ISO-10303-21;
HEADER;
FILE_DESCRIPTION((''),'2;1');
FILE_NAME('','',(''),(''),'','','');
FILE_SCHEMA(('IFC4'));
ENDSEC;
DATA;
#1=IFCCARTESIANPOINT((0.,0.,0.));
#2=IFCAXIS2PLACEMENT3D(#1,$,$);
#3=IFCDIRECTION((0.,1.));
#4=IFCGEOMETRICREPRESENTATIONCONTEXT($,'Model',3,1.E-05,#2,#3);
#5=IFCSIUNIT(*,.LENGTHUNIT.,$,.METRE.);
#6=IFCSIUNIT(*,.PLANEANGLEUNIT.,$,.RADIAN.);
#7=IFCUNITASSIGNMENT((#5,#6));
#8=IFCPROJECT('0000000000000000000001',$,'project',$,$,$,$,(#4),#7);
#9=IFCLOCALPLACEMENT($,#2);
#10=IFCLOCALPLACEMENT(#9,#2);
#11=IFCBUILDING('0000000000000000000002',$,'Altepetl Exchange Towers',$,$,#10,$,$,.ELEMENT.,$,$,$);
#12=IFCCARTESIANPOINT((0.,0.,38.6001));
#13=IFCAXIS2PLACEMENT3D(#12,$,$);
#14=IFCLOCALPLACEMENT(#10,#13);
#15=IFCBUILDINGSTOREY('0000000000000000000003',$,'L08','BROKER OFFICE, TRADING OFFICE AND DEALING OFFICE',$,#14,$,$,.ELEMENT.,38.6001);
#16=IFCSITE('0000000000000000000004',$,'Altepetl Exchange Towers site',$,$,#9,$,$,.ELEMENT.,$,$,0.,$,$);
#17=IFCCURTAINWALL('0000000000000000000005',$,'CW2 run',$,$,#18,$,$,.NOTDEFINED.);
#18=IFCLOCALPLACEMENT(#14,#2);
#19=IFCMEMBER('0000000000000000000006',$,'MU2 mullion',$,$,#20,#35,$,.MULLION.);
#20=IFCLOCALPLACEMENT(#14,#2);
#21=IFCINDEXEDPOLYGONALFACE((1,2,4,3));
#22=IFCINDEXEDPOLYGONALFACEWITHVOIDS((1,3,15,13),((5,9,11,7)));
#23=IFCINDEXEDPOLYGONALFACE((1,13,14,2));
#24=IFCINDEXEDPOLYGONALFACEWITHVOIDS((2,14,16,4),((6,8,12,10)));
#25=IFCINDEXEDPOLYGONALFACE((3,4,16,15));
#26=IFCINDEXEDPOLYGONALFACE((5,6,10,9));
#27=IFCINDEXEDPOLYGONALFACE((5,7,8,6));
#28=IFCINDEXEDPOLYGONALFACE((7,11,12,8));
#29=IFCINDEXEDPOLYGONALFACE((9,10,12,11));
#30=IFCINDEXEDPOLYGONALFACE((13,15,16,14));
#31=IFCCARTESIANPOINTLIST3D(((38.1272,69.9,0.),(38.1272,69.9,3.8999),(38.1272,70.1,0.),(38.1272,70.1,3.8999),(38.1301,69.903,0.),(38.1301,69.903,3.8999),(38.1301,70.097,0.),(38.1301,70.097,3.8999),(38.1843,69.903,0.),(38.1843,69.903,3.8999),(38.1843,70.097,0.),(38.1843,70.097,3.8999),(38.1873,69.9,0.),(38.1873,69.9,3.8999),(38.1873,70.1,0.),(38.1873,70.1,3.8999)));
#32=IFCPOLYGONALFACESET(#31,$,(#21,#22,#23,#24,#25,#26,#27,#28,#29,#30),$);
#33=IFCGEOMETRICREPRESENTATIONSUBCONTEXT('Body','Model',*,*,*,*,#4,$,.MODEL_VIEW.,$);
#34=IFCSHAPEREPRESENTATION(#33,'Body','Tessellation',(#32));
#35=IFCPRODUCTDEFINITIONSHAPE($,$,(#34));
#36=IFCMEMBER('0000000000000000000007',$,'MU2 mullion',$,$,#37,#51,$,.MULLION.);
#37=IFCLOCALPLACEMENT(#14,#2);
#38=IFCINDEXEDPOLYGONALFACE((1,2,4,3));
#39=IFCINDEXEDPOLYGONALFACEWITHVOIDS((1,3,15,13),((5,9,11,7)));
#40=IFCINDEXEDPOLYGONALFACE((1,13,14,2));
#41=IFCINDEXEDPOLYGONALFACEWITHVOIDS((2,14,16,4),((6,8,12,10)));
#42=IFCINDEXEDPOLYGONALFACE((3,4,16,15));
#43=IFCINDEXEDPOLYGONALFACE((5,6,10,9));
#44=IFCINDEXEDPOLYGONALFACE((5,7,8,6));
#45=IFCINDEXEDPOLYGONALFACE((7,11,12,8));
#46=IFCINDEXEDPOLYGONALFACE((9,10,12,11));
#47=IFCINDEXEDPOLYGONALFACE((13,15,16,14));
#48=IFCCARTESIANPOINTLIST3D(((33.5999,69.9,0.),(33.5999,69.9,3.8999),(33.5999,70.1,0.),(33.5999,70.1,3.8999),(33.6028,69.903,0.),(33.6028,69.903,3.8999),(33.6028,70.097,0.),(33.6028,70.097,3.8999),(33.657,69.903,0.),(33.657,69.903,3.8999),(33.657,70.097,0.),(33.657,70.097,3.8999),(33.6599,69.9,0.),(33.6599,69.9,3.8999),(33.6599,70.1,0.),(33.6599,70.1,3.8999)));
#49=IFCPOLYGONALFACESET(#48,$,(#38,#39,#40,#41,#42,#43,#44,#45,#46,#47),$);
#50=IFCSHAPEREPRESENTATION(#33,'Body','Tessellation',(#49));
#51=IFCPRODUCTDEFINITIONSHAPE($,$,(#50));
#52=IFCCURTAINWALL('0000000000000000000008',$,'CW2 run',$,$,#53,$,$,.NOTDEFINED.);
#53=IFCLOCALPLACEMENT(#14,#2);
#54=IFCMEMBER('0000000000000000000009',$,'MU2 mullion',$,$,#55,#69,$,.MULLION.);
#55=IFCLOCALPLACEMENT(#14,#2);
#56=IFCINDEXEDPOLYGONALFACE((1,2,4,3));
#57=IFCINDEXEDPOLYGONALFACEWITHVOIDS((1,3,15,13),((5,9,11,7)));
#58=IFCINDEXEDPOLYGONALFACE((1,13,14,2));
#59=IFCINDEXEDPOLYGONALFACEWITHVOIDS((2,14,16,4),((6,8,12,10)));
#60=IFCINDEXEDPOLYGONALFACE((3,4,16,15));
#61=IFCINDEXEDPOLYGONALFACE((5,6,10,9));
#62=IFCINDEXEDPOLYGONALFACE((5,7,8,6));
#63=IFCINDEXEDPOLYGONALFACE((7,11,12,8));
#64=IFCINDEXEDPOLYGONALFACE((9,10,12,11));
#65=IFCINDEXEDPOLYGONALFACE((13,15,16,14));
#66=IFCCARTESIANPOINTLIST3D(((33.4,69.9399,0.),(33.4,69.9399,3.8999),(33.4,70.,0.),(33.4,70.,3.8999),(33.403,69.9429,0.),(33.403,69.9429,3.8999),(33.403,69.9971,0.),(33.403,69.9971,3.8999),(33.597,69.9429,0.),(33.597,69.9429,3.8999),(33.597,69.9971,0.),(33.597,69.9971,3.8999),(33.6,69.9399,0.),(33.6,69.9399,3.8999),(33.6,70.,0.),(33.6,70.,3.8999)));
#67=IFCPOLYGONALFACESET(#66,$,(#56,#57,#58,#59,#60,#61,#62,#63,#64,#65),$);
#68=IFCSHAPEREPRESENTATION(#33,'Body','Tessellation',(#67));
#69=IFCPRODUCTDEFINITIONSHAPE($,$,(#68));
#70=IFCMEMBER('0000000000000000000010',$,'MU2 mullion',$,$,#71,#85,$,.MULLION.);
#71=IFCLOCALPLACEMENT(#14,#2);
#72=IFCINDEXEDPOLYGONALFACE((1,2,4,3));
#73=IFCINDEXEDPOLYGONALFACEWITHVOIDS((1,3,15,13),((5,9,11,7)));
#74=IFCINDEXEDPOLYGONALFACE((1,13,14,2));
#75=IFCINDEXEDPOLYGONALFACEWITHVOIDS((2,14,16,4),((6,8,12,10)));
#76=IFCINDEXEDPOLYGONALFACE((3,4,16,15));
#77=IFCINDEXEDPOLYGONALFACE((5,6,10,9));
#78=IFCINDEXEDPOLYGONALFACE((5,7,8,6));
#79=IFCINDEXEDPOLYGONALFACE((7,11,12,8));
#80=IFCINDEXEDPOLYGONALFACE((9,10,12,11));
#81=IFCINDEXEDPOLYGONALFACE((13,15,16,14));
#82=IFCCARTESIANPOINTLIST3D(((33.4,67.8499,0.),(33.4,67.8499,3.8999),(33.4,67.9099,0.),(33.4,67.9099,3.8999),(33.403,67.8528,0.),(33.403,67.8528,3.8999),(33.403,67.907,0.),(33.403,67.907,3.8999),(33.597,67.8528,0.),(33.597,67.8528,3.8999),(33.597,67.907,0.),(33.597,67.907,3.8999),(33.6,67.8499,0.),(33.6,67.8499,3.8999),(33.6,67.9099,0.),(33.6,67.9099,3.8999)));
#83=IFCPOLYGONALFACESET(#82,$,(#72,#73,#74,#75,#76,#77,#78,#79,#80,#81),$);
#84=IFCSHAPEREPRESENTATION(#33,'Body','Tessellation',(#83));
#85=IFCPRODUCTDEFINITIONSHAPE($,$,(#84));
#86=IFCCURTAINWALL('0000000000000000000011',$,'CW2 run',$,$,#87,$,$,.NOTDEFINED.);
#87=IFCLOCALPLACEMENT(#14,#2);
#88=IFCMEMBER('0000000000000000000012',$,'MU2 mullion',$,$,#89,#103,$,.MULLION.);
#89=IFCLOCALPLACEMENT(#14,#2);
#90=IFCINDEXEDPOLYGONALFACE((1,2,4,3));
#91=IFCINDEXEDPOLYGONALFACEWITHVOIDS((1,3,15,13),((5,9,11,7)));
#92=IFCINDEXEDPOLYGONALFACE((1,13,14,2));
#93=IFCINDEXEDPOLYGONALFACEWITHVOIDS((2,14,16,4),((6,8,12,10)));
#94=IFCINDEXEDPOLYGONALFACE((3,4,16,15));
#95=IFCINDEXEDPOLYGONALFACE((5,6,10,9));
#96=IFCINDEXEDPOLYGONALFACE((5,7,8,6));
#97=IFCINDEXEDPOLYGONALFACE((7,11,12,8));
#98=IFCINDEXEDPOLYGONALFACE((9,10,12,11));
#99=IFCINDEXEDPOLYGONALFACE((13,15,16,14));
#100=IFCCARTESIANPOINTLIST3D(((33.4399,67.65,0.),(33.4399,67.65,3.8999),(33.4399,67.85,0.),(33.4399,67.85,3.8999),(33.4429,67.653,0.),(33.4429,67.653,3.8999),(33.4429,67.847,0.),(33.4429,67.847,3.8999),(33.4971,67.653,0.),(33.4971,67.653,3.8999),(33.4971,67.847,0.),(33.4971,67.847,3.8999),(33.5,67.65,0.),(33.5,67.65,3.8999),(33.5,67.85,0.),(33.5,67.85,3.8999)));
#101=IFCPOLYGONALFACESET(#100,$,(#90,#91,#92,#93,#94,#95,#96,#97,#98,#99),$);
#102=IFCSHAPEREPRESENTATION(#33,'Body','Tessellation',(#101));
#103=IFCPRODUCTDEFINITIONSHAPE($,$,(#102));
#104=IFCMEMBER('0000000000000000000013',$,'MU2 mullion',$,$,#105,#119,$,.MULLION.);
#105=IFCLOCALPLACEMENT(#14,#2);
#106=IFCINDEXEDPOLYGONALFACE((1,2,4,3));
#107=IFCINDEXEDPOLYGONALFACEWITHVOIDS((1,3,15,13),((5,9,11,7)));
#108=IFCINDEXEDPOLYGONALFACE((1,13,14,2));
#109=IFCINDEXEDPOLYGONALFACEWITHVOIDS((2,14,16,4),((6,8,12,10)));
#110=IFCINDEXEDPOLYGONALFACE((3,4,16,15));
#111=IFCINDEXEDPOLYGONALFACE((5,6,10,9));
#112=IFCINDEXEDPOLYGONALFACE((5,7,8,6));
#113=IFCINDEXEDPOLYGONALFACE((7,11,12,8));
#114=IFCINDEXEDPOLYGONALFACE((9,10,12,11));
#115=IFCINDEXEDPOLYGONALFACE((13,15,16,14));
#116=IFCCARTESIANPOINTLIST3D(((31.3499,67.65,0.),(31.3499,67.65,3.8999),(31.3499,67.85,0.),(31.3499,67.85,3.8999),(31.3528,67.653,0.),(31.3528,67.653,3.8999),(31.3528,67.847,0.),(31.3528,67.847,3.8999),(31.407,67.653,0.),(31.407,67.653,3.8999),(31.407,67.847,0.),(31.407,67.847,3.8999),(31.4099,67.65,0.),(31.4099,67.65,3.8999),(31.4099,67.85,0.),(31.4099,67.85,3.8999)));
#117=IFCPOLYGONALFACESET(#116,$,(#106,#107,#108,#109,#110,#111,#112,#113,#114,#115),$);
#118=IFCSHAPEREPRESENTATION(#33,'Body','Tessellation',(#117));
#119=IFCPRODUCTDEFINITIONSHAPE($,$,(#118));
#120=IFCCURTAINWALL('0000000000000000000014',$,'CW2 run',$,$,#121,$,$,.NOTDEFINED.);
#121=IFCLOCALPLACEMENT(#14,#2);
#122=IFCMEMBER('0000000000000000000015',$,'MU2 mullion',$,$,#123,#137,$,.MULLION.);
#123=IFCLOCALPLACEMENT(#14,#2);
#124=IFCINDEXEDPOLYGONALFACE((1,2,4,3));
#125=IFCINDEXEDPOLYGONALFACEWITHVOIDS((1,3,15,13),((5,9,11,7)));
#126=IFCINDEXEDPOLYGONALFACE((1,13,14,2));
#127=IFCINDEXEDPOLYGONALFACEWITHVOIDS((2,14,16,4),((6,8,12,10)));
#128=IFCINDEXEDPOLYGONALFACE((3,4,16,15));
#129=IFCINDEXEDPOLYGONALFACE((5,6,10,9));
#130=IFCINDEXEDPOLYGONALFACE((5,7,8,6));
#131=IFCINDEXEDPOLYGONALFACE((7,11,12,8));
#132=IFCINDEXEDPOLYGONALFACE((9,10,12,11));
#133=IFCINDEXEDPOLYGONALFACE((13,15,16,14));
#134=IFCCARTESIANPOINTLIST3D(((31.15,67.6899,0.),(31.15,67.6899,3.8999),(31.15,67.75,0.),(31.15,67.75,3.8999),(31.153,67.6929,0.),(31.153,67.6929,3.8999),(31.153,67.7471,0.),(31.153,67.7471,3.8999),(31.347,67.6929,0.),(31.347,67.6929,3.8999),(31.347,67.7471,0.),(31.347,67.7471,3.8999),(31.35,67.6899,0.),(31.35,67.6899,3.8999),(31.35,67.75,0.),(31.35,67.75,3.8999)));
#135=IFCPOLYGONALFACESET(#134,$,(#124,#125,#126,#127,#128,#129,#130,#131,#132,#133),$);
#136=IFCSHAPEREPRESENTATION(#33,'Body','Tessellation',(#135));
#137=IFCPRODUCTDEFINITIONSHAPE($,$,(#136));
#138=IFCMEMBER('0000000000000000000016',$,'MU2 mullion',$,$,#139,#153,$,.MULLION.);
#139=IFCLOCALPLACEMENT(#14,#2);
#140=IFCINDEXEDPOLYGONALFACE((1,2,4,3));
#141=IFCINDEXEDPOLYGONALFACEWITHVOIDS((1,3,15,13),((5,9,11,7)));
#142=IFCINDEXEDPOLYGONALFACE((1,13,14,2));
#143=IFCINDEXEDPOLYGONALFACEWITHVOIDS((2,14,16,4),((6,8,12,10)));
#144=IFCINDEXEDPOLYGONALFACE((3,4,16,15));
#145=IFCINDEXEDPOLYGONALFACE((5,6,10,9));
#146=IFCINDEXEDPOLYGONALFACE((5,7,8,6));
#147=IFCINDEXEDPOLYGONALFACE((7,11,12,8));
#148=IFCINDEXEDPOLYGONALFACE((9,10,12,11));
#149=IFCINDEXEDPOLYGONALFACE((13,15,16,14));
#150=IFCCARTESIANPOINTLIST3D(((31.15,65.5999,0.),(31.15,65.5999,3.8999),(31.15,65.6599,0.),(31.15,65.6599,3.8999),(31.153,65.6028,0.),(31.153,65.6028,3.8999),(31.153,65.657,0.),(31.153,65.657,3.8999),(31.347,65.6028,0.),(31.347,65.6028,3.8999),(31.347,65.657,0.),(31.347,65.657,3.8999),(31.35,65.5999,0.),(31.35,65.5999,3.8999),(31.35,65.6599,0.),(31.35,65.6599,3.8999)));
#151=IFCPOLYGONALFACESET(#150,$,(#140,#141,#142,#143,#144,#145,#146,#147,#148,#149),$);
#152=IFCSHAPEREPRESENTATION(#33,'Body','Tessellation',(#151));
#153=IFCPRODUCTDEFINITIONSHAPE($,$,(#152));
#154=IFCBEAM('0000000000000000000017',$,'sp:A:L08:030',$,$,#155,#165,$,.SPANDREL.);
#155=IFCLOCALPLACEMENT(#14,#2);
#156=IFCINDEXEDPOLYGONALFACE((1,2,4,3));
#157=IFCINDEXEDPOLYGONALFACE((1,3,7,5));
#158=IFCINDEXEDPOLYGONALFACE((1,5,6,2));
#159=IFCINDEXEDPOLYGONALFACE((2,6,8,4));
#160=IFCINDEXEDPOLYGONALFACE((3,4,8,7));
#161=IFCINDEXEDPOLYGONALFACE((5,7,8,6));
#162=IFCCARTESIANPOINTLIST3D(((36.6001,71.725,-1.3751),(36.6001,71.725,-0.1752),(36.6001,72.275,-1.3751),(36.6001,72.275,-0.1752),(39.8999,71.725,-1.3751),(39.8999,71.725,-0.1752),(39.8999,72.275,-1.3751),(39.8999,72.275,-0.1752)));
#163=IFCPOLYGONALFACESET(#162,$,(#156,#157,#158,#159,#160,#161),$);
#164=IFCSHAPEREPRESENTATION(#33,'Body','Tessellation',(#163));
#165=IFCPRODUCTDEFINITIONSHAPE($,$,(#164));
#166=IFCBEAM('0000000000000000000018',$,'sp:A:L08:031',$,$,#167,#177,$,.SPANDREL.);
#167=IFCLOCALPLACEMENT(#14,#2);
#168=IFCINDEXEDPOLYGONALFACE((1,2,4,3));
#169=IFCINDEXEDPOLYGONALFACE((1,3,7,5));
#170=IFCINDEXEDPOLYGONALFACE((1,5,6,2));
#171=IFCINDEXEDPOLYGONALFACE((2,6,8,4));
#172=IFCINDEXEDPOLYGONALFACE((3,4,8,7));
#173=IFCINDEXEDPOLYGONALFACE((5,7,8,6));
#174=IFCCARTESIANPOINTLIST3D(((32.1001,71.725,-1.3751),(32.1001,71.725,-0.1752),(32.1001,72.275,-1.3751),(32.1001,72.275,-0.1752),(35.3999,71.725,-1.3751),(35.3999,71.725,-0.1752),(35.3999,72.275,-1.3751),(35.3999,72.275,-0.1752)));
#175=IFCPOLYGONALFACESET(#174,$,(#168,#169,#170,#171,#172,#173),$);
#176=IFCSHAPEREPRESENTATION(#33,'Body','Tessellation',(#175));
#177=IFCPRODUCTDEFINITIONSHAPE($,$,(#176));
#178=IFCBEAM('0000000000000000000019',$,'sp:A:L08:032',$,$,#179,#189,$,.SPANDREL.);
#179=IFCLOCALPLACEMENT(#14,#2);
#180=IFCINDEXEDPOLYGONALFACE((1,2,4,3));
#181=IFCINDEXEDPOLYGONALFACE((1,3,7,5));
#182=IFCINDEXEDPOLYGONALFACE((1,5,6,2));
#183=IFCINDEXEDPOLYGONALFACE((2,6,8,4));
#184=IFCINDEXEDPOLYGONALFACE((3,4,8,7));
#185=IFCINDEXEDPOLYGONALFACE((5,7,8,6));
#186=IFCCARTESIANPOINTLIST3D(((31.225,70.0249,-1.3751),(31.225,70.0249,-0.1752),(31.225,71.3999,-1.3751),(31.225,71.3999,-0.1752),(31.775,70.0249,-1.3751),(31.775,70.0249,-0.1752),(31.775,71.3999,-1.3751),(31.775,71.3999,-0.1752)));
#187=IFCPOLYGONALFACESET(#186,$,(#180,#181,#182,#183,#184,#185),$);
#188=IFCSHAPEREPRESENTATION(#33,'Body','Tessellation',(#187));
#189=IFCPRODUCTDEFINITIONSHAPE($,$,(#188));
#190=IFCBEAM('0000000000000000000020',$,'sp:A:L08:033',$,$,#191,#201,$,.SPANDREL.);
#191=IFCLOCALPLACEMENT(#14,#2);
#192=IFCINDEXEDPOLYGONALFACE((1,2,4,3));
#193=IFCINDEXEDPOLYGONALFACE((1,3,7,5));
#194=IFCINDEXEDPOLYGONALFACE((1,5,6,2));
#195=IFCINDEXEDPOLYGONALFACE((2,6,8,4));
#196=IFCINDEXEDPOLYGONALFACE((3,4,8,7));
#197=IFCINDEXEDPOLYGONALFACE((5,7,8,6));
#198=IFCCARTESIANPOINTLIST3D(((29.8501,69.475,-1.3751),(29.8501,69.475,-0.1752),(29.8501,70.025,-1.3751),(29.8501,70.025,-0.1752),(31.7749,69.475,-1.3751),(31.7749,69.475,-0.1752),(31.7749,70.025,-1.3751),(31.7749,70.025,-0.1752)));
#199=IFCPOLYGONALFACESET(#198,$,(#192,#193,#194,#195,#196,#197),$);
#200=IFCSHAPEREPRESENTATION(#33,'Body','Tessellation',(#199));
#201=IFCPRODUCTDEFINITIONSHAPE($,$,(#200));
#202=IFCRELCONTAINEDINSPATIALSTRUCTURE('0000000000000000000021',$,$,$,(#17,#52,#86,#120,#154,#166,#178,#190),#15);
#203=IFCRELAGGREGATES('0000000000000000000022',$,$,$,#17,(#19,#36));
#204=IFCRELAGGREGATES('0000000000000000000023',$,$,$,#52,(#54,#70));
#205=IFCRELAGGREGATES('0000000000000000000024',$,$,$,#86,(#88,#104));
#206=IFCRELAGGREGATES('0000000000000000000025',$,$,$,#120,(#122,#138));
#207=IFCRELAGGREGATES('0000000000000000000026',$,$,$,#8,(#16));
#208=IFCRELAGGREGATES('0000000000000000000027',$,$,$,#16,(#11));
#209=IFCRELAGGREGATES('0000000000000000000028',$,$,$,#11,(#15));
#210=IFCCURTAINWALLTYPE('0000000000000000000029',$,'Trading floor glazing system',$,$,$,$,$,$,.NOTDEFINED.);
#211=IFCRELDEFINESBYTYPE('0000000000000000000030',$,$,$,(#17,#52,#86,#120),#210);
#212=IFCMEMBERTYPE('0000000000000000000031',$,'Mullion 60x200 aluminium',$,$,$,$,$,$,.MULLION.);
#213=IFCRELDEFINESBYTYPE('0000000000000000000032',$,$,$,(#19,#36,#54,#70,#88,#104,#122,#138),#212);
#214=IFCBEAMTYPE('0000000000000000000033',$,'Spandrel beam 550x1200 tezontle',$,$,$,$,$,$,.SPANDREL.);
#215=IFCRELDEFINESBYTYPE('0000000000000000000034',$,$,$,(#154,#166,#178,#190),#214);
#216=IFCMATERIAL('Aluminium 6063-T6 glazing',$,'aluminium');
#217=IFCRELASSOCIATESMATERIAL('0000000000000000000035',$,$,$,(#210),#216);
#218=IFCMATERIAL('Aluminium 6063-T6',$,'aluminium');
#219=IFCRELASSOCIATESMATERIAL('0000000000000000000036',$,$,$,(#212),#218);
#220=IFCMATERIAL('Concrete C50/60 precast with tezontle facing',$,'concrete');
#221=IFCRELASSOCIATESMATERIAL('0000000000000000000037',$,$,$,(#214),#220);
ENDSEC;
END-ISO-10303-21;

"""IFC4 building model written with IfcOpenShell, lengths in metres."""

from ifc_helpers import new_model, si_unit, direction, frame, origin, origin_2d, place, context, subcontext, project, spatial, rectangle, hollow_rectangle, extrude, material, material_profile, profile_set, type_object, element, aggregate, save


model = new_model("IFC4")

# Units and contexts
model_context = context("Model", 3, precision=1e-05, world=origin(), true_north=direction((0.0, 1.0)))
body_context = subcontext(model_context, "Body", "Model", "MODEL_VIEW")
ifc_project = project(units=[si_unit("LENGTHUNIT", "METRE"), si_unit("PLANEANGLEUNIT", "RADIAN")], contexts=[model_context])

# Site, building, storey
site_placement = place(None, origin())
site = spatial("IfcSite", under=ifc_project, at=site_placement, Name="Altepetl Exchange Towers site", CompositionType="ELEMENT", RefElevation=0.0)
building_placement = place(site_placement, origin())
building = spatial("IfcBuilding", under=site, at=building_placement, Name="Altepetl Exchange Towers", CompositionType="ELEMENT")
storey_placement = place(building_placement, frame((0.0, 0.0, 38.6001)))
storey = spatial("IfcBuildingStorey", under=building, at=storey_placement, Name="L08", Description="BROKER OFFICE, TRADING OFFICE AND DEALING OFFICE", CompositionType="ELEMENT", Elevation=38.6001)

# Curtain walls, members
ifc_material_1 = material(Name="Aluminium 6063-T6 glazing", Category="aluminium")
curtain_wall_type = type_object("IfcCurtainWallType", Name="Trading floor glazing system", PredefinedType="NOTDEFINED", material=ifc_material_1)
ifc_material_2 = material(Name="Aluminium 6063-T6", Category="aluminium")
ifc_material_profile_1 = material_profile(ifc_material_2, hollow_rectangle(XDim=0.0601, YDim=0.2, WallThickness=0.0029, at=origin_2d()), Name="Mullion 60x200 aluminium")
ifc_profile_set_1 = profile_set([ifc_material_profile_1], Name="Aluminium 6063-T6")
member_type = type_object("IfcMemberType", Name="Mullion 60x200 aluminium", PredefinedType="MULLION", material=ifc_profile_set_1)
curtain_wall_1_placement = place(storey_placement, origin())
curtain_wall_1 = element("IfcCurtainWall", 1, at=curtain_wall_1_placement, inside=storey, type_object=curtain_wall_type, Name="CW2 run", PredefinedType="NOTDEFINED")
member_1_placement = place(storey_placement, frame((38.1572, 70.0, 0.0), z_axis=(0.0, 0.0, 1.0), x_axis=(-1.0, 0.0, 0.0)))
member_1 = element("IfcMember", 2, at=member_1_placement, type_object=member_type, Name="MU2 mullion", PredefinedType="MULLION", context=body_context, shape_type="SweptSolid", body=[
    extrude(hollow_rectangle(XDim=0.0601, YDim=0.2, WallThickness=0.0029, at=origin_2d()), origin(), (0.0, 0.0, 1.0), 3.8999),
])
member_2_placement = place(storey_placement, frame((33.6299, 70.0, 0.0), z_axis=(0.0, 0.0, 1.0), x_axis=(-1.0, 0.0, 0.0)))
member_2 = element("IfcMember", 3, at=member_2_placement, type_object=member_type, Name="MU2 mullion", PredefinedType="MULLION", context=body_context, shape_type="SweptSolid", body=[
    extrude(hollow_rectangle(XDim=0.0601, YDim=0.2, WallThickness=0.0029, at=origin_2d()), origin(), (0.0, 0.0, 1.0), 3.8999),
])
curtain_wall_2_placement = place(storey_placement, origin())
curtain_wall_2 = element("IfcCurtainWall", 4, at=curtain_wall_2_placement, inside=storey, type_object=curtain_wall_type, Name="CW2 run", PredefinedType="NOTDEFINED")
member_3_placement = place(storey_placement, frame((33.5, 69.97, 0.0), z_axis=(0.0, 0.0, 1.0), x_axis=(0.0, -1.0, 0.0)))
member_3 = element("IfcMember", 5, at=member_3_placement, type_object=member_type, Name="MU2 mullion", PredefinedType="MULLION", context=body_context, shape_type="SweptSolid", body=[
    extrude(hollow_rectangle(XDim=0.0601, YDim=0.2, WallThickness=0.0029, at=origin_2d()), origin(), (0.0, 0.0, 1.0), 3.8999),
])
member_4_placement = place(storey_placement, frame((33.5, 67.8799, 0.0), z_axis=(0.0, 0.0, 1.0), x_axis=(0.0, -1.0, 0.0)))
member_4 = element("IfcMember", 6, at=member_4_placement, type_object=member_type, Name="MU2 mullion", PredefinedType="MULLION", context=body_context, shape_type="SweptSolid", body=[
    extrude(hollow_rectangle(XDim=0.0601, YDim=0.2, WallThickness=0.0029, at=origin_2d()), origin(), (0.0, 0.0, 1.0), 3.8999),
])
curtain_wall_3_placement = place(storey_placement, origin())
curtain_wall_3 = element("IfcCurtainWall", 7, at=curtain_wall_3_placement, inside=storey, type_object=curtain_wall_type, Name="CW2 run", PredefinedType="NOTDEFINED")
member_5_placement = place(storey_placement, frame((33.47, 67.75, 0.0), z_axis=(0.0, 0.0, 1.0), x_axis=(-1.0, 0.0, 0.0)))
member_5 = element("IfcMember", 8, at=member_5_placement, type_object=member_type, Name="MU2 mullion", PredefinedType="MULLION", context=body_context, shape_type="SweptSolid", body=[
    extrude(hollow_rectangle(XDim=0.0601, YDim=0.2, WallThickness=0.0029, at=origin_2d()), origin(), (0.0, 0.0, 1.0), 3.8999),
])
member_6_placement = place(storey_placement, frame((31.3799, 67.75, 0.0), z_axis=(0.0, 0.0, 1.0), x_axis=(-1.0, 0.0, 0.0)))
member_6 = element("IfcMember", 9, at=member_6_placement, type_object=member_type, Name="MU2 mullion", PredefinedType="MULLION", context=body_context, shape_type="SweptSolid", body=[
    extrude(hollow_rectangle(XDim=0.0601, YDim=0.2, WallThickness=0.0029, at=origin_2d()), origin(), (0.0, 0.0, 1.0), 3.8999),
])
curtain_wall_4_placement = place(storey_placement, origin())
curtain_wall_4 = element("IfcCurtainWall", 10, at=curtain_wall_4_placement, inside=storey, type_object=curtain_wall_type, Name="CW2 run", PredefinedType="NOTDEFINED")
member_7_placement = place(storey_placement, frame((31.25, 67.72, 0.0), z_axis=(0.0, 0.0, 1.0), x_axis=(0.0, -1.0, 0.0)))
member_7 = element("IfcMember", 11, at=member_7_placement, type_object=member_type, Name="MU2 mullion", PredefinedType="MULLION", context=body_context, shape_type="SweptSolid", body=[
    extrude(hollow_rectangle(XDim=0.0601, YDim=0.2, WallThickness=0.0029, at=origin_2d()), origin(), (0.0, 0.0, 1.0), 3.8999),
])
member_8_placement = place(storey_placement, frame((31.25, 65.6299, 0.0), z_axis=(0.0, 0.0, 1.0), x_axis=(0.0, -1.0, 0.0)))
member_8 = element("IfcMember", 12, at=member_8_placement, type_object=member_type, Name="MU2 mullion", PredefinedType="MULLION", context=body_context, shape_type="SweptSolid", body=[
    extrude(hollow_rectangle(XDim=0.0601, YDim=0.2, WallThickness=0.0029, at=origin_2d()), origin(), (0.0, 0.0, 1.0), 3.8999),
])

# Beams
ifc_material_3 = material(Name="Concrete C50/60 precast with tezontle facing", Category="concrete")
ifc_material_profile_2 = material_profile(ifc_material_3, rectangle(XDim=0.55, YDim=1.2, at=origin_2d()), Name="550 x 1200")
ifc_profile_set_2 = profile_set([ifc_material_profile_2], Name="Concrete C50/60 precast with tezontle facing")
beam_type_1 = type_object("IfcBeamType", Name="Spandrel beam 550x1200 tezontle", PredefinedType="SPANDREL", material=ifc_profile_set_2)
for number, where, z_axis, x_axis, name in (
    (13, (39.8999, 72.0, -0.7751), (-1.0, 0.0, 0.0), (0.0, -1.0, 0.0), "sp:A:L08:030"),
    (14, (35.3999, 72.0, -0.7751), (-1.0, 0.0, 0.0), (0.0, -1.0, 0.0), "sp:A:L08:031"),
):
    element("IfcBeam", number, at=place(storey_placement, frame(where, z_axis=z_axis, x_axis=x_axis)), inside=storey, type_object=beam_type_1, Name=name, PredefinedType="SPANDREL", context=body_context, shape_type="SweptSolid", body=[
        extrude(rectangle(XDim=0.55, YDim=1.2, at=origin_2d()), origin(), (0.0, 0.0, 1.0), 3.2998),
    ])
beam_1_placement = place(storey_placement, frame((31.5, 71.3999, -0.7751), z_axis=(0.0, -1.0, 0.0), x_axis=(1.0, 0.0, 0.0)))
element("IfcBeam", 15, at=beam_1_placement, inside=storey, type_object=beam_type_1, Name="sp:A:L08:032", PredefinedType="SPANDREL", context=body_context, shape_type="SweptSolid", body=[
    extrude(rectangle(XDim=0.55, YDim=1.2, at=origin_2d()), origin(), (0.0, 0.0, 1.0), 1.375),
])
beam_2_placement = place(storey_placement, frame((31.7749, 69.75, -0.7751), z_axis=(-1.0, 0.0, 0.0), x_axis=(0.0, -1.0, 0.0)))
element("IfcBeam", 16, at=beam_2_placement, inside=storey, type_object=beam_type_1, Name="sp:A:L08:033", PredefinedType="SPANDREL", context=body_context, shape_type="SweptSolid", body=[
    extrude(rectangle(XDim=0.55, YDim=1.2, at=origin_2d()), origin(), (0.0, 0.0, 1.0), 1.9248),
])

aggregate(curtain_wall_1, [member_1, member_2])
aggregate(curtain_wall_2, [member_3, member_4])
aggregate(curtain_wall_3, [member_5, member_6])
aggregate(curtain_wall_4, [member_7, member_8])

save(model, "model.ifc")
